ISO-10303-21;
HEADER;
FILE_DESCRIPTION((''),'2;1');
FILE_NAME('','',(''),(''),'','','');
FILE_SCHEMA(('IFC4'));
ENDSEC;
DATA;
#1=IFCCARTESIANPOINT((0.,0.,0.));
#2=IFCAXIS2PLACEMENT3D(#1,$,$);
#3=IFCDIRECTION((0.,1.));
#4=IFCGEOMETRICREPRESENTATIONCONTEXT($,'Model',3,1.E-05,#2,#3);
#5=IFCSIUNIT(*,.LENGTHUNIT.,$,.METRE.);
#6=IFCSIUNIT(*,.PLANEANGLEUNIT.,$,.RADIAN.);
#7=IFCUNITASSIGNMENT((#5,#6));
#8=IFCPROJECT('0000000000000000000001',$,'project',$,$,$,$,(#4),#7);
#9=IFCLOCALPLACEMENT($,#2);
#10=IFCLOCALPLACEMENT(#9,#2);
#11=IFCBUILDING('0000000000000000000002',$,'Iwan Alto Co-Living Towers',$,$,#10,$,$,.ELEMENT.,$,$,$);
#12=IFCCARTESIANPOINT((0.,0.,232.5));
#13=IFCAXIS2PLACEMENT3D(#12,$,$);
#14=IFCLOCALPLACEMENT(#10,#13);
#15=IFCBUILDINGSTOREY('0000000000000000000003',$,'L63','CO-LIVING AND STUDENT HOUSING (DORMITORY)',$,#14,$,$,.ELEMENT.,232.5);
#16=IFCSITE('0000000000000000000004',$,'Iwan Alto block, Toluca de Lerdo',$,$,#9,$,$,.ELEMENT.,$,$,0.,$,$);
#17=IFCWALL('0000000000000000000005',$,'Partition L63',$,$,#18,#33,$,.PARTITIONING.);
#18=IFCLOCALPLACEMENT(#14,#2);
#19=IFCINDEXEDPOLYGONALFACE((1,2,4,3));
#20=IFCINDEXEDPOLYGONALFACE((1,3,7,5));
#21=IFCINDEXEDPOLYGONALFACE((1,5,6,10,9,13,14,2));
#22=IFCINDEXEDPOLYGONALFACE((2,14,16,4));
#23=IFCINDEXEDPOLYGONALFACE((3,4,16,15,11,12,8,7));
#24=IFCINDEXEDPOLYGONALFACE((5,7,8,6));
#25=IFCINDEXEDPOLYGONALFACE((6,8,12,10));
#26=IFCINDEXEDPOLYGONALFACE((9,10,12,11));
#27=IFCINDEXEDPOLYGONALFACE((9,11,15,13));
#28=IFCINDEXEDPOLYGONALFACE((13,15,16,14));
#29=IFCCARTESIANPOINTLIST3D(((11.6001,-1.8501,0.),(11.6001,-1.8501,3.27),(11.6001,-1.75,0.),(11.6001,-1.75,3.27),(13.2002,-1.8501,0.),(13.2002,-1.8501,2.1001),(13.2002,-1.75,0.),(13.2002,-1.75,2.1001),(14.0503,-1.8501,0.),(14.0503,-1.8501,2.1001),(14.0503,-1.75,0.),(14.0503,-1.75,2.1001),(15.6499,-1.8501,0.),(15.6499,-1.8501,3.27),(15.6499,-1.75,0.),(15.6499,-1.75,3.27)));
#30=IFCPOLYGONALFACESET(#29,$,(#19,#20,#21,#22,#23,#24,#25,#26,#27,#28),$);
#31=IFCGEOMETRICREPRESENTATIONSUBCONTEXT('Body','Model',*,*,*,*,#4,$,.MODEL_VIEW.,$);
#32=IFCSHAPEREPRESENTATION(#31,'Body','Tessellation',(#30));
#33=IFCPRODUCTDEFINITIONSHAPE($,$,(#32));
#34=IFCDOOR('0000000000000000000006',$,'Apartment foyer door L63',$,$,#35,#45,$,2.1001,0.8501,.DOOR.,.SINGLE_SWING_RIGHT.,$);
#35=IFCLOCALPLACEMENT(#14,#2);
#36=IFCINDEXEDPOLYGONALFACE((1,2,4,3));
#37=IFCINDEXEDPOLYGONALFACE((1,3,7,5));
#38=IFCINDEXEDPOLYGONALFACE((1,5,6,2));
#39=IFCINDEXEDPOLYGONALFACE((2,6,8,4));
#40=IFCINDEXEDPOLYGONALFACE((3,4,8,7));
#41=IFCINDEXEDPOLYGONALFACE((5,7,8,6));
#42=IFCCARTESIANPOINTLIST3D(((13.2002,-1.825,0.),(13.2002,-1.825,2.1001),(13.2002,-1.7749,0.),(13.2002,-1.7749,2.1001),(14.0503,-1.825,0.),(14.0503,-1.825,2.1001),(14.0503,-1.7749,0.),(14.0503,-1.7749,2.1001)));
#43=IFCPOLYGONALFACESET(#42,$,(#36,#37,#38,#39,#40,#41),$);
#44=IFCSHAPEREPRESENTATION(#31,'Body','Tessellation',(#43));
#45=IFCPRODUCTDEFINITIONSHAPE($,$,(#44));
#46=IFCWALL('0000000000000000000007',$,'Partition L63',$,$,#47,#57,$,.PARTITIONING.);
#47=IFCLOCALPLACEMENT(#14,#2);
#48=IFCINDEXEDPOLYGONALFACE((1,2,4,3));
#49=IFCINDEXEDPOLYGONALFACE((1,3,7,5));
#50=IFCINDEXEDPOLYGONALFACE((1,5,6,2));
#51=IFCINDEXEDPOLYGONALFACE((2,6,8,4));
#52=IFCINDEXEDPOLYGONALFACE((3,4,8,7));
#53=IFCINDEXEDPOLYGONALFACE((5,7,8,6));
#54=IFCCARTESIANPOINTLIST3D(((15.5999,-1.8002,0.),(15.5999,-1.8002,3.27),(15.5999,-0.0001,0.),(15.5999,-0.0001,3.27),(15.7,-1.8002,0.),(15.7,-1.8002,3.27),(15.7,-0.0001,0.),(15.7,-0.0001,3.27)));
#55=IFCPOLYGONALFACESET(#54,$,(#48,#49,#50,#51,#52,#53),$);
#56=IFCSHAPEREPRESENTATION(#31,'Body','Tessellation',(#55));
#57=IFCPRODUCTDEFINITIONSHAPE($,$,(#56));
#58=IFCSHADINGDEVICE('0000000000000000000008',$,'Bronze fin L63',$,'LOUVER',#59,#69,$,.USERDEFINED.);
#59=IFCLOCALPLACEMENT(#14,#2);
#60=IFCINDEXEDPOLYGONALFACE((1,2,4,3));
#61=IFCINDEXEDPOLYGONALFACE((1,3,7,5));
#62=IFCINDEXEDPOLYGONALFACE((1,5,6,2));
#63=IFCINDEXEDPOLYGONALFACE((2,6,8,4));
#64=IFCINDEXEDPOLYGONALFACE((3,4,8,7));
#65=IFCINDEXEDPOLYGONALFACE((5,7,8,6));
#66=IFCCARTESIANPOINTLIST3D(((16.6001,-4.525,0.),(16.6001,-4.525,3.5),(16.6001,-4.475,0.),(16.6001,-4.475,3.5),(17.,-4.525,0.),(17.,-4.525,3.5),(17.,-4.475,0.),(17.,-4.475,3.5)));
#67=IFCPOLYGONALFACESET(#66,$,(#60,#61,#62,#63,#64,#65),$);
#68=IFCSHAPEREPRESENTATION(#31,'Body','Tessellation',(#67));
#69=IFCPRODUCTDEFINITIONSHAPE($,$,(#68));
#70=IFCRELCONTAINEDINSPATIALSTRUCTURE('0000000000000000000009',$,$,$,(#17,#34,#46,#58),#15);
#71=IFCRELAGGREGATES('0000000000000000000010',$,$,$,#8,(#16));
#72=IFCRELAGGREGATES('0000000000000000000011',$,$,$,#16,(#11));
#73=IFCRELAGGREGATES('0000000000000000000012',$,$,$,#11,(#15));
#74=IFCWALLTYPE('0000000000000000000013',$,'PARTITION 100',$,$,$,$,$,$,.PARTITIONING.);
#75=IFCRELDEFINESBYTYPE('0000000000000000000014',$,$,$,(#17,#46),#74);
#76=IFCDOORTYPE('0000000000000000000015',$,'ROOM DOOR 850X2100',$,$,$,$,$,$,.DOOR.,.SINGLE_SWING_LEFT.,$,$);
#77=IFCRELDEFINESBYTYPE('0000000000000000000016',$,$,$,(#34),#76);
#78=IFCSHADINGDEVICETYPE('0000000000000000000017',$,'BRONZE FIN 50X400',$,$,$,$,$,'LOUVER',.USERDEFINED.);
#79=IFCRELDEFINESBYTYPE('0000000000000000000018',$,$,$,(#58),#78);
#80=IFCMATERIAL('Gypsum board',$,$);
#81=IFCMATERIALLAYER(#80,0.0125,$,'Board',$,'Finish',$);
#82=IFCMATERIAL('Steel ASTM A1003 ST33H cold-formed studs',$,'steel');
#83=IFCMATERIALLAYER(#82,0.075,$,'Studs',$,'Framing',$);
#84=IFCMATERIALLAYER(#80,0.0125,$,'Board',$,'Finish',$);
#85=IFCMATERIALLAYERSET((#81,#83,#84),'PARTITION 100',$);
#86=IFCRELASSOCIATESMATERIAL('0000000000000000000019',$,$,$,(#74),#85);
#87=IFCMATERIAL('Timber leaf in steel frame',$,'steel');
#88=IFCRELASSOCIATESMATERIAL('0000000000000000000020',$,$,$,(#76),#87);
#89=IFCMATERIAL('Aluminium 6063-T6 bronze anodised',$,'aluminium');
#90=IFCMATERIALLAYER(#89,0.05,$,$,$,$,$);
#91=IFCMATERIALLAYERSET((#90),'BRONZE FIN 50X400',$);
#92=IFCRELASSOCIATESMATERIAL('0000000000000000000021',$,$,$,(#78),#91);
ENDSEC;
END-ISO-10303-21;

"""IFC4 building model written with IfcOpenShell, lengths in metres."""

from ifc_helpers import new_model, si_unit, direction, frame, frame_2d, origin, origin_2d, place, context, subcontext, project, spatial, rectangle, extrude, material, layer, layer_set, type_object, element, fill, save


model = new_model("IFC4")

# Units and contexts
model_context = context("Model", 3, precision=1e-05, world=origin(), true_north=direction((0.0, 1.0)))
body_context = subcontext(model_context, "Body", "Model", "MODEL_VIEW")
ifc_project = project(units=[si_unit("LENGTHUNIT", "METRE"), si_unit("PLANEANGLEUNIT", "RADIAN")], contexts=[model_context])

# Site, building, storey
site_placement = place(None, origin())
site = spatial("IfcSite", under=ifc_project, at=site_placement, Name="Iwan Alto block, Toluca de Lerdo", CompositionType="ELEMENT", RefElevation=0.0)
building_placement = place(site_placement, origin())
building = spatial("IfcBuilding", under=site, at=building_placement, Name="Iwan Alto Co-Living Towers", CompositionType="ELEMENT")
storey_placement = place(building_placement, frame((0.0, 0.0, 232.5)))
storey = spatial("IfcBuildingStorey", under=building, at=storey_placement, Name="L63", Description="CO-LIVING AND STUDENT HOUSING (DORMITORY)", CompositionType="ELEMENT", Elevation=232.5)

# Shared definitions
ifc_material_1 = material(Name="Gypsum board")
ifc_material_2 = material(Name="Steel ASTM A1003 ST33H cold-formed studs", Category="steel")

# Shared definitions
ifc_layer_1 = layer(ifc_material_1, 0.0125, Name="Board", Category="Finish")
ifc_layer_2 = layer(ifc_material_2, 0.075, Name="Studs", Category="Framing")
ifc_layer_3 = layer(ifc_material_1, 0.0125, Name="Board", Category="Finish")
ifc_layer_set_1 = layer_set([ifc_layer_1, ifc_layer_2, ifc_layer_3], Name="PARTITION 100")
wall_type_1 = type_object("IfcWallType", Name="PARTITION 100", PredefinedType="PARTITIONING", material=ifc_layer_set_1)

# Wall, opening, door
wall_1_placement = place(storey_placement, frame((11.6001, -1.8, 0.0), z_axis=(0.0, 0.0, 1.0), x_axis=(1.0, 0.0, 0.0)))
wall_1 = element("IfcWall", 1, at=wall_1_placement, inside=storey, type_object=wall_type_1, Name="Partition L63", PredefinedType="PARTITIONING", context=body_context, shape_type="SweptSolid", body=[
    extrude(rectangle(XDim=4.0498, YDim=0.1001, at=frame_2d((2.0249, 0.0))), origin(), (0.0, 0.0, 1.0), 3.27),
])
opening_1_placement = place(wall_1_placement, frame((1.6001, 0.0, 0.0)))
opening_1 = element("IfcOpeningElement", 2, at=opening_1_placement, cuts=wall_1, PredefinedType="OPENING", context=body_context, shape_type="SweptSolid", body=[
    extrude(rectangle(XDim=0.8501, YDim=2.1001, at=frame_2d((0.425, 1.05))), frame((0.0, 0.0601, 0.0), z_axis=(0.0, -1.0, 0.0), x_axis=(1.0, 0.0, 0.0)), (0.0, 0.0, 1.0), 0.1201),
])
ifc_material_3 = material(Name="Timber leaf in steel frame", Category="steel")
door_type_1 = type_object("IfcDoorType", Name="ROOM DOOR 850X2100", OperationType="SINGLE_SWING_LEFT", PredefinedType="DOOR", material=ifc_material_3)
door_1_placement = place(opening_1_placement, frame((0.8501, 0.0, 0.0), z_axis=(0.0, 0.0, 1.0), x_axis=(-1.0, 0.0, 0.0)))
door_1 = element("IfcDoor", 3, at=door_1_placement, inside=storey, type_object=door_type_1, Name="Apartment foyer door L63", OperationType="SINGLE_SWING_RIGHT", OverallHeight=2.1001, OverallWidth=0.8501, PredefinedType="DOOR", context=body_context, shape_type="SweptSolid", body=[
    extrude(rectangle(XDim=0.8501, YDim=2.1001, at=frame_2d((0.425, 1.05))), frame((0.0, 0.0249, 0.0), z_axis=(0.0, -1.0, 0.0), x_axis=(1.0, 0.0, 0.0)), (0.0, 0.0, 1.0), 0.05),
])
fill(opening_1, door_1)

# Wall
wall_2_placement = place(storey_placement, frame((15.6499, -1.8, 0.0), z_axis=(0.0, 0.0, 1.0), x_axis=(0.0, 1.0, 0.0)))
element("IfcWall", 4, at=wall_2_placement, inside=storey, type_object=wall_type_1, Name="Partition L63", PredefinedType="PARTITIONING", context=body_context, shape_type="SweptSolid", body=[
    extrude(rectangle(XDim=1.8, YDim=0.1001, at=frame_2d((0.8999, 0.0))), origin(), (0.0, 0.0, 1.0), 3.27),
])

# Shading device
ifc_material_4 = material(Name="Aluminium 6063-T6 bronze anodised", Category="aluminium")
ifc_layer_4 = layer(ifc_material_4, 0.05)
ifc_layer_set_2 = layer_set([ifc_layer_4], Name="BRONZE FIN 50X400")
shading_device_type = type_object("IfcShadingDeviceType", Name="BRONZE FIN 50X400", ElementType="LOUVER", PredefinedType="USERDEFINED", material=ifc_layer_set_2)
shading_device_placement = place(storey_placement, frame((16.8, -4.5, 0.0), z_axis=(0.0, 0.0, 1.0), x_axis=(0.0, 1.0, 0.0)))
element("IfcShadingDevice", 5, at=shading_device_placement, inside=storey, type_object=shading_device_type, Name="Bronze fin L63", ObjectType="LOUVER", PredefinedType="USERDEFINED", context=body_context, shape_type="SweptSolid", body=[
    extrude(rectangle(XDim=0.05, YDim=0.3999, at=origin_2d()), origin(), (0.0, 0.0, 1.0), 3.5),
])

save(model, "model.ifc")
